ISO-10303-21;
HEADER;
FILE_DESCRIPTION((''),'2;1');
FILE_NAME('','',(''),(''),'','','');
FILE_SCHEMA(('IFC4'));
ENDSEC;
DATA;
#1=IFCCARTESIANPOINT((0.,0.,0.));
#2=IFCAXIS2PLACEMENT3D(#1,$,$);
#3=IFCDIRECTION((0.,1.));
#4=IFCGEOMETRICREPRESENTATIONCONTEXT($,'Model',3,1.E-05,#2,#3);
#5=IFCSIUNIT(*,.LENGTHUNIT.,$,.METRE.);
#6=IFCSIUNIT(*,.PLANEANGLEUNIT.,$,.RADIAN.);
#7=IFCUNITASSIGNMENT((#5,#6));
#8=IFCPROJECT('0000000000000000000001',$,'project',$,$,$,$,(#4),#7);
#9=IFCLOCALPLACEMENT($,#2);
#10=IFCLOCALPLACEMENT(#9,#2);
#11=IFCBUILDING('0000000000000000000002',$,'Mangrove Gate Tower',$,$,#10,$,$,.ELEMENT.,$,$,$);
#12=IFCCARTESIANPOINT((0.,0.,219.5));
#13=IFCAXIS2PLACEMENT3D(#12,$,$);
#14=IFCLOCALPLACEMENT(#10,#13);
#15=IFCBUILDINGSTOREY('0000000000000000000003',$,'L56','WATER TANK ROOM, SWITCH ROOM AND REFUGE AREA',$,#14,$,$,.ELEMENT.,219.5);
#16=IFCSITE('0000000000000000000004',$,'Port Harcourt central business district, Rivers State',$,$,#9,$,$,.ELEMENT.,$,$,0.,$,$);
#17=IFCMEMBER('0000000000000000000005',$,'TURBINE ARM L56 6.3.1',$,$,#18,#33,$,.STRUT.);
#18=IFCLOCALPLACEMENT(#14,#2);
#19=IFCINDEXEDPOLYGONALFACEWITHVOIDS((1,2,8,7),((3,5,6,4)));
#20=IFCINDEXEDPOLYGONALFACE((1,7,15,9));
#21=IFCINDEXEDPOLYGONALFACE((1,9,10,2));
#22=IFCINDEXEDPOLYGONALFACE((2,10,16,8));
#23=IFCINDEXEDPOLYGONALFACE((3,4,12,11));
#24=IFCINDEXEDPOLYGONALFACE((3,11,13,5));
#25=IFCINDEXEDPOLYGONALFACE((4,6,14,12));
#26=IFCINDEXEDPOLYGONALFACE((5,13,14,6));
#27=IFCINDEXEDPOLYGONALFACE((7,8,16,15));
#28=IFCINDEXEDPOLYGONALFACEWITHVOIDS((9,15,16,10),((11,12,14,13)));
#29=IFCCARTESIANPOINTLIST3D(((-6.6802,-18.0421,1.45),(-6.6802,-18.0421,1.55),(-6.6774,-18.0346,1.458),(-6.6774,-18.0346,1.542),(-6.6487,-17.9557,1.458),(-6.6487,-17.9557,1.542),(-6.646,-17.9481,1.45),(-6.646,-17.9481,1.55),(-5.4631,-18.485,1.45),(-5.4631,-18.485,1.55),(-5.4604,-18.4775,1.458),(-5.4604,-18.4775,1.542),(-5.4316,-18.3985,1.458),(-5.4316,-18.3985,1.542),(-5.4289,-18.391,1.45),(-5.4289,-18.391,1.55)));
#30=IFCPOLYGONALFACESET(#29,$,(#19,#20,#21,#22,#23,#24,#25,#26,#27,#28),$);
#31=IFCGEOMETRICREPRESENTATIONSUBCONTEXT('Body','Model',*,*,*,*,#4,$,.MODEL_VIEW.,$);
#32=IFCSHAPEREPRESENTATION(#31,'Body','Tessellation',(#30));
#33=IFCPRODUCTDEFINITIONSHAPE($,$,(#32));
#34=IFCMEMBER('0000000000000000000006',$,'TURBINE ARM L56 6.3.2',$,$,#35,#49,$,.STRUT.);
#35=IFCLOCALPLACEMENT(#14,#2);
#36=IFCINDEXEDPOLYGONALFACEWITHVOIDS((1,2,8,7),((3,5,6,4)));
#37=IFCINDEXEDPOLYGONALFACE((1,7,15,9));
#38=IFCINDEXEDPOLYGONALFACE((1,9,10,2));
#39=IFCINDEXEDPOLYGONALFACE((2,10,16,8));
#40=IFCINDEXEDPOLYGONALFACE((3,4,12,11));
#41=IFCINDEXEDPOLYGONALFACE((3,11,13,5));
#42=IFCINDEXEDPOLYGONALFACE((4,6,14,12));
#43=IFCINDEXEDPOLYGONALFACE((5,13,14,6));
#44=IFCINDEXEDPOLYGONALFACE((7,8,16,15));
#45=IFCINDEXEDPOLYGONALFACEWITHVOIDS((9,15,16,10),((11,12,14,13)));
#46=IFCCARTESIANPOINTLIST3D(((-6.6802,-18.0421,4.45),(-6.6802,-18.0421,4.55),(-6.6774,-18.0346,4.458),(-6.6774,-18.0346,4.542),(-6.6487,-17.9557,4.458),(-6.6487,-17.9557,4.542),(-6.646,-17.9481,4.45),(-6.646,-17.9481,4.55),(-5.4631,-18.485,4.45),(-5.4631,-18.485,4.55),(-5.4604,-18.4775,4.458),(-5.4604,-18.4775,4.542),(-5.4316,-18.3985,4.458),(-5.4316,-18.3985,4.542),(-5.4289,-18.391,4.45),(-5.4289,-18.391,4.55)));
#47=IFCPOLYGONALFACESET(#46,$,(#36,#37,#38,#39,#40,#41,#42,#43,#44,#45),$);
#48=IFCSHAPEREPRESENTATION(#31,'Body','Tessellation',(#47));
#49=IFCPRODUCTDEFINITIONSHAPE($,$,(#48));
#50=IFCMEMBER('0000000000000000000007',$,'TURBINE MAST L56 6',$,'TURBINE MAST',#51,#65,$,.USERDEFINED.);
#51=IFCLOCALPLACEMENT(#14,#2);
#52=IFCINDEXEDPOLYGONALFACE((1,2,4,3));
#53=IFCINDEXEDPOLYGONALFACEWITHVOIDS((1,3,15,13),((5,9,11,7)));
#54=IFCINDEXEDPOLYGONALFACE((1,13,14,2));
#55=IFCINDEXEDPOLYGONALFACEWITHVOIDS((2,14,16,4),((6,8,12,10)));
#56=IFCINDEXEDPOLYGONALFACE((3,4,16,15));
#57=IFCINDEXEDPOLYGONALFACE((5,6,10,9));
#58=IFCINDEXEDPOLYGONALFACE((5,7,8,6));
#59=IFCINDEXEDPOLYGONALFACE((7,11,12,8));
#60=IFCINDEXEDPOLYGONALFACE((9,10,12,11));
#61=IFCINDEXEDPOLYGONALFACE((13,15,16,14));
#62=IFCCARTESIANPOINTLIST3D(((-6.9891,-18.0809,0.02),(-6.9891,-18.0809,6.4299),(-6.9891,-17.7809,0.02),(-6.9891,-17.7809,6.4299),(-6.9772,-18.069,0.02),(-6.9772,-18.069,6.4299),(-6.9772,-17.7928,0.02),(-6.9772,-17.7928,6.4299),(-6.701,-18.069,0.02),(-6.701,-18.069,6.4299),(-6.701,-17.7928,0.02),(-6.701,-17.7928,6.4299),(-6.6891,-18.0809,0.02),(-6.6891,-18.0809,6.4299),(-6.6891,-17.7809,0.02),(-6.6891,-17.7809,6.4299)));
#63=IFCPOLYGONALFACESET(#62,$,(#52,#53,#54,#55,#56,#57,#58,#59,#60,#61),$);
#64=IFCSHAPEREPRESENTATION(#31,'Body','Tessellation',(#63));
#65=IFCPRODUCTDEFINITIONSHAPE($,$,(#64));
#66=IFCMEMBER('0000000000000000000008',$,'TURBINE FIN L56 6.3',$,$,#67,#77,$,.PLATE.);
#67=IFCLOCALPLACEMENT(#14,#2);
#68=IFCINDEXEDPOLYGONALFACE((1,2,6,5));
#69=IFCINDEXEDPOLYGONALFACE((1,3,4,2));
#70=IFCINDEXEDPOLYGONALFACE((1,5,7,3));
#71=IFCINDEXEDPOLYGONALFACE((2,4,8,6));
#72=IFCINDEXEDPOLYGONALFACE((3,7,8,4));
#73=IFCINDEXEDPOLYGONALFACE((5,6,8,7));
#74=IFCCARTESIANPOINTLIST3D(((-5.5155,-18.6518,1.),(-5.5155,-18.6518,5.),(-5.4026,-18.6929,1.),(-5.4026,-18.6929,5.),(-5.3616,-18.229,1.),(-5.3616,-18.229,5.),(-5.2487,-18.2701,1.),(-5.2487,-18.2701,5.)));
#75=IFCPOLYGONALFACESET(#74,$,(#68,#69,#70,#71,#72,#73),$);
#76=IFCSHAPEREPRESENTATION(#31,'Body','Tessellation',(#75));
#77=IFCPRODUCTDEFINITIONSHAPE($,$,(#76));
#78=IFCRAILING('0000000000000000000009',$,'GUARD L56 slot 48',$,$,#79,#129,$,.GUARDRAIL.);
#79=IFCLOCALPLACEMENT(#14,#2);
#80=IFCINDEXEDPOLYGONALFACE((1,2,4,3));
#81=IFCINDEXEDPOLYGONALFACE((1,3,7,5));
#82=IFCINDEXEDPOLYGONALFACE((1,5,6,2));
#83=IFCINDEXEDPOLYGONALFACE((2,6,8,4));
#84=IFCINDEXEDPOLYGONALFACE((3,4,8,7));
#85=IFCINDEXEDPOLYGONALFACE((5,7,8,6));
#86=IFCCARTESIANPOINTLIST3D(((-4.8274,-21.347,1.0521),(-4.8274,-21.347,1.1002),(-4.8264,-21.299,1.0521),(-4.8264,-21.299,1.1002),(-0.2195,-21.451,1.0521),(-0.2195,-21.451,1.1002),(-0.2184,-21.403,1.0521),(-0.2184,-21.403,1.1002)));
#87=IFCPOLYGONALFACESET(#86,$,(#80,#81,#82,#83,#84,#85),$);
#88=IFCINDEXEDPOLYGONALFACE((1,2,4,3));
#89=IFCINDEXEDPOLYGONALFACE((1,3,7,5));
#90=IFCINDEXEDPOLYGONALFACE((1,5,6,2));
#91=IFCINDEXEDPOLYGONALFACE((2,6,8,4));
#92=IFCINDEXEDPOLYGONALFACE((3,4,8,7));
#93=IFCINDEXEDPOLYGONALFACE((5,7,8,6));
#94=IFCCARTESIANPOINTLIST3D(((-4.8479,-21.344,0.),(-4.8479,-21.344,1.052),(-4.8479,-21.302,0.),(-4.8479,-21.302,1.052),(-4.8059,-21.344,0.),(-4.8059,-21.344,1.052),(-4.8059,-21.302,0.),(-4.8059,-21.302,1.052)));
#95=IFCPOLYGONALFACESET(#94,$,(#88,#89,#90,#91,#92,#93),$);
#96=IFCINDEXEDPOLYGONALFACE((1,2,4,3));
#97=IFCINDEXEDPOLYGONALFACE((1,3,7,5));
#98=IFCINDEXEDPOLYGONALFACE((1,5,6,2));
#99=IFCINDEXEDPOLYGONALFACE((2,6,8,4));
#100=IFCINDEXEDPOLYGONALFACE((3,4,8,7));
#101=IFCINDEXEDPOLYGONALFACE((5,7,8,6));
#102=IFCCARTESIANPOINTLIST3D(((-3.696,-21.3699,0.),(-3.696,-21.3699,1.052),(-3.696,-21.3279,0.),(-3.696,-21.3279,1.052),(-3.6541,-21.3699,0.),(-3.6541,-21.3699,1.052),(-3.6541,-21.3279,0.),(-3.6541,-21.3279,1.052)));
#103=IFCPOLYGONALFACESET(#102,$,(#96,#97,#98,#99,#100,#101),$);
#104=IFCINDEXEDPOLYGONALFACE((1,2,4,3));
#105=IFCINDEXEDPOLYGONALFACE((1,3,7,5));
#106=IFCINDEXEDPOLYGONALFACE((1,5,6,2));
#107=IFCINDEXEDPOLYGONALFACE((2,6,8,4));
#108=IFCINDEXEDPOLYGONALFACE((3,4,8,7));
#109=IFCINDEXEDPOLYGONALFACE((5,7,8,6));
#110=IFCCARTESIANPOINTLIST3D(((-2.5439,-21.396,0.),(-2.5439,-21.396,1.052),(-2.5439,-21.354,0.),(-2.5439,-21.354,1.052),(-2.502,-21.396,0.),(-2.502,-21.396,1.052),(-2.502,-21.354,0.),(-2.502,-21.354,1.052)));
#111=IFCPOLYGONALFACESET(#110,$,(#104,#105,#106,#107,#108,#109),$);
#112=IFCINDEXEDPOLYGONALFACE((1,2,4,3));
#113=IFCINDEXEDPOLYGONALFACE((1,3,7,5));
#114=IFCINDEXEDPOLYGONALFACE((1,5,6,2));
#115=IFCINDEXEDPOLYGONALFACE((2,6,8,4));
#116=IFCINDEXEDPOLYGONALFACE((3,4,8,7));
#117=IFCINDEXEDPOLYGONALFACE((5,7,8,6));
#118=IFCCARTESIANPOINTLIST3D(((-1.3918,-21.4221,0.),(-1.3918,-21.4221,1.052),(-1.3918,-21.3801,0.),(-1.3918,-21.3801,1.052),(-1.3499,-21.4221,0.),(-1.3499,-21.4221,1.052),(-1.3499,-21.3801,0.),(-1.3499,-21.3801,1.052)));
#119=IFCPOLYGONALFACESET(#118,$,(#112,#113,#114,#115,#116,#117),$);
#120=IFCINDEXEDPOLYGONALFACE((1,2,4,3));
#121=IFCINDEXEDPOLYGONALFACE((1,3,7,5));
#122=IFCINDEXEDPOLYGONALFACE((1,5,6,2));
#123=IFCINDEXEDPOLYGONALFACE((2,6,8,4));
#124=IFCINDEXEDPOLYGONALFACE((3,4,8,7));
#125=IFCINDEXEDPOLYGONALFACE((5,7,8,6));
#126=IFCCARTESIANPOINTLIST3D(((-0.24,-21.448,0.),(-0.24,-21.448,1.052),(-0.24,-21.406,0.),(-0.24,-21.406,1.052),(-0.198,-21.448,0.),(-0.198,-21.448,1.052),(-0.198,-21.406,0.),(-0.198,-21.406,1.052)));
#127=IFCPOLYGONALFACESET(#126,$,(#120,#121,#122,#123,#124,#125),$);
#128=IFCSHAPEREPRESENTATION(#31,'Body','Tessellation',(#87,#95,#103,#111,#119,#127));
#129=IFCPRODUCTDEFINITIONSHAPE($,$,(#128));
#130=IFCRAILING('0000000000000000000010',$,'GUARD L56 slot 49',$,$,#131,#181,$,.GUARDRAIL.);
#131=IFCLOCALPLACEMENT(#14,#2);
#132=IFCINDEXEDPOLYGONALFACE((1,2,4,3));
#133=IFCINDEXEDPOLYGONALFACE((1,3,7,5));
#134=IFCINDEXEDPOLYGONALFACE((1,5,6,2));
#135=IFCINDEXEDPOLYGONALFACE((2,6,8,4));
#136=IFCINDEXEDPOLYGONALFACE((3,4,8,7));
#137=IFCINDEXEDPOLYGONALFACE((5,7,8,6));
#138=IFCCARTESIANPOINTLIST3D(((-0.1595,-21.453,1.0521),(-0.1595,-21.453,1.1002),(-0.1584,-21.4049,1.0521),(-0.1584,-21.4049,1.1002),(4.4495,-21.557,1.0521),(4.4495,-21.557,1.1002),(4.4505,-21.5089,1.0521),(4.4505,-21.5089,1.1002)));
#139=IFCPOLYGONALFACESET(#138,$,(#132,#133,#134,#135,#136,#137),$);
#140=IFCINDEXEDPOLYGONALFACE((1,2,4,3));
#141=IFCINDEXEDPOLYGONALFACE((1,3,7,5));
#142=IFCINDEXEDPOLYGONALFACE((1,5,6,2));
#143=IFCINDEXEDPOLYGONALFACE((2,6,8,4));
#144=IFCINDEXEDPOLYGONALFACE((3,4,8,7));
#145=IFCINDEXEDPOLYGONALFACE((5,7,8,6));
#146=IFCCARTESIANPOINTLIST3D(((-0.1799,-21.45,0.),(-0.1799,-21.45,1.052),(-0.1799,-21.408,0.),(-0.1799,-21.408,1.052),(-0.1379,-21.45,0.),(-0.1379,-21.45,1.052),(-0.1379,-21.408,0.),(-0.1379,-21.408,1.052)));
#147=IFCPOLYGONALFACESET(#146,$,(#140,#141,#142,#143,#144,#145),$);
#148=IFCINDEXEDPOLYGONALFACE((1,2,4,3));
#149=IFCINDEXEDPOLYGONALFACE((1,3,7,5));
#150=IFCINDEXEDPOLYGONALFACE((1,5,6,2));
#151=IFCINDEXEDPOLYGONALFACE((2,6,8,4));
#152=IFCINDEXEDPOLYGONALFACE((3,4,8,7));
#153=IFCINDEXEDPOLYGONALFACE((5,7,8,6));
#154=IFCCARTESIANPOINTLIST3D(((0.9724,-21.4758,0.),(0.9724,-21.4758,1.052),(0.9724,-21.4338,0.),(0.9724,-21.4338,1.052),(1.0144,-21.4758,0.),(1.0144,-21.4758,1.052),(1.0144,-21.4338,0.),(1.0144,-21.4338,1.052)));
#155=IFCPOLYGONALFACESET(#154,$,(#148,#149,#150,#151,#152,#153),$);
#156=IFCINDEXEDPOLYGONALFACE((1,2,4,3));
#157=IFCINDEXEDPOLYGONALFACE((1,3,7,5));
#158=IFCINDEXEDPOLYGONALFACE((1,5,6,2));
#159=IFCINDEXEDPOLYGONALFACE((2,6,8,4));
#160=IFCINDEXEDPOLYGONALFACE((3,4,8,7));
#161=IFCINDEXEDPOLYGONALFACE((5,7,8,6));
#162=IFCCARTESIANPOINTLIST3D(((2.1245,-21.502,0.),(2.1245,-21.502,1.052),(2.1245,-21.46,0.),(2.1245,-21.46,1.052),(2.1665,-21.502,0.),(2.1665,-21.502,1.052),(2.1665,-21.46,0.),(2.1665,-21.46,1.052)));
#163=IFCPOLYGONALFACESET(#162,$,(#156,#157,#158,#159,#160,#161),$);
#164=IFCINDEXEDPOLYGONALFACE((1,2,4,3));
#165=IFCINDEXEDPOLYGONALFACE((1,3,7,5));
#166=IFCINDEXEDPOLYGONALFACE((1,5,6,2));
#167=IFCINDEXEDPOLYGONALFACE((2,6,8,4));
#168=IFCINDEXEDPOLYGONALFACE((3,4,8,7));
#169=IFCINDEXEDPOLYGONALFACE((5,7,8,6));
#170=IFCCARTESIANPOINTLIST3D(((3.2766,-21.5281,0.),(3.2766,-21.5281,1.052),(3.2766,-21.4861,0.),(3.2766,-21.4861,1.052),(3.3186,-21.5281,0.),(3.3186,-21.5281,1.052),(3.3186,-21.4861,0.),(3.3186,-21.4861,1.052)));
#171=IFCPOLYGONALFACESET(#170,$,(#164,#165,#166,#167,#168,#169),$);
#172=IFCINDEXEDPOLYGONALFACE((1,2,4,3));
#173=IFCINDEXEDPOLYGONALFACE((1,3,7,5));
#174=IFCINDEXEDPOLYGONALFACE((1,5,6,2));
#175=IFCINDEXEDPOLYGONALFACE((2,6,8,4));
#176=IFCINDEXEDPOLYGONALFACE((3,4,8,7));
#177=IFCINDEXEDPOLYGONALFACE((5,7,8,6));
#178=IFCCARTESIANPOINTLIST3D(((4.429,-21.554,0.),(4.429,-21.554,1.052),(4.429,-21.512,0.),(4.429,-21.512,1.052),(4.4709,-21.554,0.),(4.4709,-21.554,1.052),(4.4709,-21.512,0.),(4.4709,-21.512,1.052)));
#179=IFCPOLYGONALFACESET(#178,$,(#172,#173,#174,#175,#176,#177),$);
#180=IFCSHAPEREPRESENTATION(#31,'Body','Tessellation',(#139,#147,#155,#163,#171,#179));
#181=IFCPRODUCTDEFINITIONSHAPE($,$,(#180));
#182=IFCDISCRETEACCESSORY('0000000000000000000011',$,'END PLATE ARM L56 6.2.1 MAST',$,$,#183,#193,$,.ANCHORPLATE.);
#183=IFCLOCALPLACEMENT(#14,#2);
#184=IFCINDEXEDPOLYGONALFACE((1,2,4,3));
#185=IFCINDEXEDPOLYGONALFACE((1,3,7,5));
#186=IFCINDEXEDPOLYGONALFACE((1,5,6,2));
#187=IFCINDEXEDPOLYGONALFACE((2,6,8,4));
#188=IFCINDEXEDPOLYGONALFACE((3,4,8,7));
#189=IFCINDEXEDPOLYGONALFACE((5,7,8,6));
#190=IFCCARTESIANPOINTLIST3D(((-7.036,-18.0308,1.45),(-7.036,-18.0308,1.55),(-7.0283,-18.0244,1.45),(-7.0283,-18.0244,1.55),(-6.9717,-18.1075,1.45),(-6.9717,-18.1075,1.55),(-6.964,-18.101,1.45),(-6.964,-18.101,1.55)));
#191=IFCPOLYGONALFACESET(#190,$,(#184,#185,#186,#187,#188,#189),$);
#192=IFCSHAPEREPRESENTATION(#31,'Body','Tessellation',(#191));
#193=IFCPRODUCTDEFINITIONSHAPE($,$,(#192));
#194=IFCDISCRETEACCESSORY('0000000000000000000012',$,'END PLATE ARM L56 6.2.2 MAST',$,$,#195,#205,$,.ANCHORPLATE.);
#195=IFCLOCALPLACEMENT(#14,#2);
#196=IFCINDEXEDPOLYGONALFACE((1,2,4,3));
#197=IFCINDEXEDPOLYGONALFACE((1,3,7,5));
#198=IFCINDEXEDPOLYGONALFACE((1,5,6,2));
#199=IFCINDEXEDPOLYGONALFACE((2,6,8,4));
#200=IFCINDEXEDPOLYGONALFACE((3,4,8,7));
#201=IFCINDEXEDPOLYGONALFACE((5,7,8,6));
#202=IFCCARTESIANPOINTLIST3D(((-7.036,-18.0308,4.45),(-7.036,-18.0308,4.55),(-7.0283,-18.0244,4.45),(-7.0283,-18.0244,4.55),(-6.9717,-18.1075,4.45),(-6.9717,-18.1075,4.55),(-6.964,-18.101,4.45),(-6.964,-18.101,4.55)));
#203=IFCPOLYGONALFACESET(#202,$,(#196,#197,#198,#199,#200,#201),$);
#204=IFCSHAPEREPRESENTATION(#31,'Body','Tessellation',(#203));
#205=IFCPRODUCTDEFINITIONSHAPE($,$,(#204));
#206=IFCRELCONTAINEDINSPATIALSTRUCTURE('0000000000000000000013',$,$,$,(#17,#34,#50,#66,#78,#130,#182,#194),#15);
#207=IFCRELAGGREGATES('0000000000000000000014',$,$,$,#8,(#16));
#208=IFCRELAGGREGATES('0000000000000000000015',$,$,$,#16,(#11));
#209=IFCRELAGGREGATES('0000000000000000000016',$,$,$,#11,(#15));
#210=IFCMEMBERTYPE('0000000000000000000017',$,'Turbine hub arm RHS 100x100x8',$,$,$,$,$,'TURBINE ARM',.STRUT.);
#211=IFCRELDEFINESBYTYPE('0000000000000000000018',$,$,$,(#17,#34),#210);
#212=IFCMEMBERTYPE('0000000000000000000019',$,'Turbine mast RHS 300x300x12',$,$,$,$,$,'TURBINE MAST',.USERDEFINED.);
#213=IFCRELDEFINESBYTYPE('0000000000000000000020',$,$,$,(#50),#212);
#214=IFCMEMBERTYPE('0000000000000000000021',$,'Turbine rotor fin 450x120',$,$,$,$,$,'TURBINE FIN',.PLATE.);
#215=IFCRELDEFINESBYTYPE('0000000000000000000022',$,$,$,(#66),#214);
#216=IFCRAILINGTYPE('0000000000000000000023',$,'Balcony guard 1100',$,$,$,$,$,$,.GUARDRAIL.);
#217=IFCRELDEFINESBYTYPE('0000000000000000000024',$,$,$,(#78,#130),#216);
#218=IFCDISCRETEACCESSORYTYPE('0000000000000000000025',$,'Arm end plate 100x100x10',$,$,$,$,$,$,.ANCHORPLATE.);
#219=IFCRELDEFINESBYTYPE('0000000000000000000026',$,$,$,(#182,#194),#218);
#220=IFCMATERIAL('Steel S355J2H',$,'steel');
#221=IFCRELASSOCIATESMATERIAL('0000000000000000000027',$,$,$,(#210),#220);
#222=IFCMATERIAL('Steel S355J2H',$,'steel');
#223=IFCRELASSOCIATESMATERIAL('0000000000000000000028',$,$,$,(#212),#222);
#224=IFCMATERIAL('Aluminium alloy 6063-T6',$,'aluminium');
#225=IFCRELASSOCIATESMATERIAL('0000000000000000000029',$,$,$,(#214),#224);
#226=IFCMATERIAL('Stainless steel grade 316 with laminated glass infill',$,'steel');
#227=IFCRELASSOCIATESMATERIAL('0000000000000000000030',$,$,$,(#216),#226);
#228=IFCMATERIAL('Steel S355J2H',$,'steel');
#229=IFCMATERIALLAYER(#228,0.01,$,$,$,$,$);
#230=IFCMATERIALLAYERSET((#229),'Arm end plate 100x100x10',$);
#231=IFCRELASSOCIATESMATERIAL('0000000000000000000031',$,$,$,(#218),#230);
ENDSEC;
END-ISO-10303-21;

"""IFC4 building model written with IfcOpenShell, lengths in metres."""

from ifc_helpers import new_model, si_unit, direction, frame, origin, origin_2d, place, context, subcontext, project, spatial, rectangle, hollow_rectangle, extrude, material, layer, layer_set, material_profile, profile_set, type_object, element, save


model = new_model("IFC4")

# Units and contexts
model_context = context("Model", 3, precision=1e-05, world=origin(), true_north=direction((0.0, 1.0)))
body_context = subcontext(model_context, "Body", "Model", "MODEL_VIEW")
ifc_project = project(units=[si_unit("LENGTHUNIT", "METRE"), si_unit("PLANEANGLEUNIT", "RADIAN")], contexts=[model_context])

# Site, building, storey
site_placement = place(None, origin())
site = spatial("IfcSite", under=ifc_project, at=site_placement, Name="Port Harcourt central business district, Rivers State", CompositionType="ELEMENT", RefElevation=0.0)
building_placement = place(site_placement, origin())
building = spatial("IfcBuilding", under=site, at=building_placement, Name="Mangrove Gate Tower", CompositionType="ELEMENT")
storey_placement = place(building_placement, frame((0.0, 0.0, 219.5)))
storey = spatial("IfcBuildingStorey", under=building, at=storey_placement, Name="L56", Description="WATER TANK ROOM, SWITCH ROOM AND REFUGE AREA", CompositionType="ELEMENT", Elevation=219.5)

# Members
ifc_material_1 = material(Name="Steel S355J2H", Category="steel")
ifc_material_profile_1 = material_profile(ifc_material_1, hollow_rectangle(XDim=0.1001, YDim=0.1001, WallThickness=0.0081, at=origin_2d()))
ifc_profile_set_1 = profile_set([ifc_material_profile_1], Name="Steel S355J2H")
member_type_1 = type_object("IfcMemberType", Name="Turbine hub arm RHS 100x100x8", ElementType="TURBINE ARM", PredefinedType="STRUT", material=ifc_profile_set_1)
for number, where, z_axis, x_axis, name in (
    (1, (-6.6631, -17.9951, 1.5), (0.939716, -0.341955, 0.0), (0.341955, 0.939716, 0.0), "TURBINE ARM L56 6.3.1"),
    (2, (-6.6631, -17.9951, 4.5), (0.939716, -0.341955, 0.0), (0.341955, 0.939716, 0.0), "TURBINE ARM L56 6.3.2"),
):
    element("IfcMember", number, at=place(storey_placement, frame(where, z_axis=z_axis, x_axis=x_axis)), inside=storey, type_object=member_type_1, Name=name, PredefinedType="STRUT", context=body_context, shape_type="SweptSolid", body=[
        extrude(hollow_rectangle(XDim=0.1001, YDim=0.1001, WallThickness=0.0081, at=origin_2d()), origin(), (0.0, 0.0, 1.0), 1.2952),
    ])
ifc_material_2 = material(Name="Steel S355J2H", Category="steel")
ifc_material_profile_2 = material_profile(ifc_material_2, hollow_rectangle(XDim=0.3, YDim=0.3, WallThickness=0.012, at=origin_2d()))
ifc_profile_set_2 = profile_set([ifc_material_profile_2], Name="Steel S355J2H")
member_type_2 = type_object("IfcMemberType", Name="Turbine mast RHS 300x300x12", ElementType="TURBINE MAST", PredefinedType="USERDEFINED", material=ifc_profile_set_2)
member_1_placement = place(storey_placement, frame((-6.8391, -17.9309, 0.02), z_axis=(0.0, 0.0, 1.0), x_axis=(1.0, 0.0, 0.0)))
element("IfcMember", 3, at=member_1_placement, inside=storey, type_object=member_type_2, Name="TURBINE MAST L56 6", ObjectType="TURBINE MAST", PredefinedType="USERDEFINED", context=body_context, shape_type="SweptSolid", body=[
    extrude(hollow_rectangle(XDim=0.3, YDim=0.3, WallThickness=0.012, at=origin_2d()), origin(), (0.0, 0.0, 1.0), 6.4099),
])
ifc_material_3 = material(Name="Aluminium alloy 6063-T6", Category="aluminium")
ifc_material_profile_3 = material_profile(ifc_material_3, rectangle(XDim=0.45, YDim=0.1201, at=origin_2d()))
ifc_profile_set_3 = profile_set([ifc_material_profile_3], Name="Aluminium alloy 6063-T6")
member_type_3 = type_object("IfcMemberType", Name="Turbine rotor fin 450x120", ElementType="TURBINE FIN", PredefinedType="PLATE", material=ifc_profile_set_3)
member_2_placement = place(storey_placement, frame((-5.3821, -18.4609, 1.0), z_axis=(0.0, 0.0, 1.0), x_axis=(0.34202, 0.939693, 0.0)))
element("IfcMember", 4, at=member_2_placement, inside=storey, type_object=member_type_3, Name="TURBINE FIN L56 6.3", PredefinedType="PLATE", context=body_context, shape_type="SweptSolid", body=[
    extrude(rectangle(XDim=0.45, YDim=0.1201, at=origin_2d()), origin(), (0.0, 0.0, 1.0), 4.0),
])

# Railings
ifc_material_4 = material(Name="Stainless steel grade 316 with laminated glass infill", Category="steel")
railing_type = type_object("IfcRailingType", Name="Balcony guard 1100", PredefinedType="GUARDRAIL", material=ifc_material_4)
railing_1_placement = place(storey_placement, frame((-4.8269, -21.323, 0.0)))
element("IfcRailing", 5, at=railing_1_placement, inside=storey, type_object=railing_type, Name="GUARD L56 slot 48", PredefinedType="GUARDRAIL", context=body_context, shape_type="SweptSolid", body=[
    extrude(rectangle(XDim=0.0481, YDim=0.0481, at=origin_2d()), frame((0.0, 0.0, 1.0762), z_axis=(0.999745, -0.022565, 0.0), x_axis=(0.022565, 0.999745, 0.0)), (0.0, 0.0, 1.0), 4.6091),
    extrude(rectangle(XDim=0.042, YDim=0.042, at=origin_2d()), origin(), (0.0, 0.0, 1.0), 1.052),
    extrude(rectangle(XDim=0.042, YDim=0.042, at=origin_2d()), frame((1.1519, -0.0259, 0.0)), (0.0, 0.0, 1.0), 1.052),
    extrude(rectangle(XDim=0.042, YDim=0.042, at=origin_2d()), frame((2.304, -0.052, 0.0)), (0.0, 0.0, 1.0), 1.052),
    extrude(rectangle(XDim=0.042, YDim=0.042, at=origin_2d()), frame((3.4561, -0.0781, 0.0)), (0.0, 0.0, 1.0), 1.052),
    extrude(rectangle(XDim=0.042, YDim=0.042, at=origin_2d()), frame((4.6079, -0.104, 0.0)), (0.0, 0.0, 1.0), 1.052),
])
railing_2_placement = place(storey_placement, frame((-0.1589, -21.429, 0.0)))
element("IfcRailing", 6, at=railing_2_placement, inside=storey, type_object=railing_type, Name="GUARD L56 slot 49", PredefinedType="GUARDRAIL", context=body_context, shape_type="SweptSolid", body=[
    extrude(rectangle(XDim=0.0481, YDim=0.0481, at=origin_2d()), frame((0.0, 0.0, 1.0762), z_axis=(0.999745, -0.02256, 0.0), x_axis=(0.02256, 0.999745, 0.0)), (0.0, 0.0, 1.0), 4.6101),
    extrude(rectangle(XDim=0.042, YDim=0.042, at=origin_2d()), origin(), (0.0, 0.0, 1.0), 1.052),
    extrude(rectangle(XDim=0.042, YDim=0.042, at=origin_2d()), frame((1.1523, -0.0259, 0.0)), (0.0, 0.0, 1.0), 1.052),
    extrude(rectangle(XDim=0.042, YDim=0.042, at=origin_2d()), frame((2.3044, -0.052, 0.0)), (0.0, 0.0, 1.0), 1.052),
    extrude(rectangle(XDim=0.042, YDim=0.042, at=origin_2d()), frame((3.4565, -0.0781, 0.0)), (0.0, 0.0, 1.0), 1.052),
    extrude(rectangle(XDim=0.042, YDim=0.042, at=origin_2d()), frame((4.6089, -0.104, 0.0)), (0.0, 0.0, 1.0), 1.052),
])

# Discrete accessories
ifc_material_5 = material(Name="Steel S355J2H", Category="steel")
ifc_layer_1 = layer(ifc_material_5, 0.01)
ifc_layer_set_1 = layer_set([ifc_layer_1], Name="Arm end plate 100x100x10")
discrete_accessory_type_1 = type_object("IfcDiscreteAccessoryType", Name="Arm end plate 100x100x10", PredefinedType="ANCHORPLATE", material=ifc_layer_set_1)
for number, where, z_axis, x_axis, name in (
    (7, (-7.0, -18.0659, 1.45), (0.0, 0.0, 1.0), (-0.766044, -0.642788, 0.0), "END PLATE ARM L56 6.2.1 MAST"),
    (8, (-7.0, -18.0659, 4.45), (0.0, 0.0, 1.0), (-0.766044, -0.642788, 0.0), "END PLATE ARM L56 6.2.2 MAST"),
):
    element("IfcDiscreteAccessory", number, at=place(storey_placement, frame(where, z_axis=z_axis, x_axis=x_axis)), inside=storey, type_object=discrete_accessory_type_1, Name=name, PredefinedType="ANCHORPLATE", context=body_context, shape_type="SweptSolid", body=[
        extrude(rectangle(XDim=0.01, YDim=0.1001, at=origin_2d()), origin(), (0.0, 0.0, 1.0), 0.1001),
    ])

save(model, "model.ifc")
